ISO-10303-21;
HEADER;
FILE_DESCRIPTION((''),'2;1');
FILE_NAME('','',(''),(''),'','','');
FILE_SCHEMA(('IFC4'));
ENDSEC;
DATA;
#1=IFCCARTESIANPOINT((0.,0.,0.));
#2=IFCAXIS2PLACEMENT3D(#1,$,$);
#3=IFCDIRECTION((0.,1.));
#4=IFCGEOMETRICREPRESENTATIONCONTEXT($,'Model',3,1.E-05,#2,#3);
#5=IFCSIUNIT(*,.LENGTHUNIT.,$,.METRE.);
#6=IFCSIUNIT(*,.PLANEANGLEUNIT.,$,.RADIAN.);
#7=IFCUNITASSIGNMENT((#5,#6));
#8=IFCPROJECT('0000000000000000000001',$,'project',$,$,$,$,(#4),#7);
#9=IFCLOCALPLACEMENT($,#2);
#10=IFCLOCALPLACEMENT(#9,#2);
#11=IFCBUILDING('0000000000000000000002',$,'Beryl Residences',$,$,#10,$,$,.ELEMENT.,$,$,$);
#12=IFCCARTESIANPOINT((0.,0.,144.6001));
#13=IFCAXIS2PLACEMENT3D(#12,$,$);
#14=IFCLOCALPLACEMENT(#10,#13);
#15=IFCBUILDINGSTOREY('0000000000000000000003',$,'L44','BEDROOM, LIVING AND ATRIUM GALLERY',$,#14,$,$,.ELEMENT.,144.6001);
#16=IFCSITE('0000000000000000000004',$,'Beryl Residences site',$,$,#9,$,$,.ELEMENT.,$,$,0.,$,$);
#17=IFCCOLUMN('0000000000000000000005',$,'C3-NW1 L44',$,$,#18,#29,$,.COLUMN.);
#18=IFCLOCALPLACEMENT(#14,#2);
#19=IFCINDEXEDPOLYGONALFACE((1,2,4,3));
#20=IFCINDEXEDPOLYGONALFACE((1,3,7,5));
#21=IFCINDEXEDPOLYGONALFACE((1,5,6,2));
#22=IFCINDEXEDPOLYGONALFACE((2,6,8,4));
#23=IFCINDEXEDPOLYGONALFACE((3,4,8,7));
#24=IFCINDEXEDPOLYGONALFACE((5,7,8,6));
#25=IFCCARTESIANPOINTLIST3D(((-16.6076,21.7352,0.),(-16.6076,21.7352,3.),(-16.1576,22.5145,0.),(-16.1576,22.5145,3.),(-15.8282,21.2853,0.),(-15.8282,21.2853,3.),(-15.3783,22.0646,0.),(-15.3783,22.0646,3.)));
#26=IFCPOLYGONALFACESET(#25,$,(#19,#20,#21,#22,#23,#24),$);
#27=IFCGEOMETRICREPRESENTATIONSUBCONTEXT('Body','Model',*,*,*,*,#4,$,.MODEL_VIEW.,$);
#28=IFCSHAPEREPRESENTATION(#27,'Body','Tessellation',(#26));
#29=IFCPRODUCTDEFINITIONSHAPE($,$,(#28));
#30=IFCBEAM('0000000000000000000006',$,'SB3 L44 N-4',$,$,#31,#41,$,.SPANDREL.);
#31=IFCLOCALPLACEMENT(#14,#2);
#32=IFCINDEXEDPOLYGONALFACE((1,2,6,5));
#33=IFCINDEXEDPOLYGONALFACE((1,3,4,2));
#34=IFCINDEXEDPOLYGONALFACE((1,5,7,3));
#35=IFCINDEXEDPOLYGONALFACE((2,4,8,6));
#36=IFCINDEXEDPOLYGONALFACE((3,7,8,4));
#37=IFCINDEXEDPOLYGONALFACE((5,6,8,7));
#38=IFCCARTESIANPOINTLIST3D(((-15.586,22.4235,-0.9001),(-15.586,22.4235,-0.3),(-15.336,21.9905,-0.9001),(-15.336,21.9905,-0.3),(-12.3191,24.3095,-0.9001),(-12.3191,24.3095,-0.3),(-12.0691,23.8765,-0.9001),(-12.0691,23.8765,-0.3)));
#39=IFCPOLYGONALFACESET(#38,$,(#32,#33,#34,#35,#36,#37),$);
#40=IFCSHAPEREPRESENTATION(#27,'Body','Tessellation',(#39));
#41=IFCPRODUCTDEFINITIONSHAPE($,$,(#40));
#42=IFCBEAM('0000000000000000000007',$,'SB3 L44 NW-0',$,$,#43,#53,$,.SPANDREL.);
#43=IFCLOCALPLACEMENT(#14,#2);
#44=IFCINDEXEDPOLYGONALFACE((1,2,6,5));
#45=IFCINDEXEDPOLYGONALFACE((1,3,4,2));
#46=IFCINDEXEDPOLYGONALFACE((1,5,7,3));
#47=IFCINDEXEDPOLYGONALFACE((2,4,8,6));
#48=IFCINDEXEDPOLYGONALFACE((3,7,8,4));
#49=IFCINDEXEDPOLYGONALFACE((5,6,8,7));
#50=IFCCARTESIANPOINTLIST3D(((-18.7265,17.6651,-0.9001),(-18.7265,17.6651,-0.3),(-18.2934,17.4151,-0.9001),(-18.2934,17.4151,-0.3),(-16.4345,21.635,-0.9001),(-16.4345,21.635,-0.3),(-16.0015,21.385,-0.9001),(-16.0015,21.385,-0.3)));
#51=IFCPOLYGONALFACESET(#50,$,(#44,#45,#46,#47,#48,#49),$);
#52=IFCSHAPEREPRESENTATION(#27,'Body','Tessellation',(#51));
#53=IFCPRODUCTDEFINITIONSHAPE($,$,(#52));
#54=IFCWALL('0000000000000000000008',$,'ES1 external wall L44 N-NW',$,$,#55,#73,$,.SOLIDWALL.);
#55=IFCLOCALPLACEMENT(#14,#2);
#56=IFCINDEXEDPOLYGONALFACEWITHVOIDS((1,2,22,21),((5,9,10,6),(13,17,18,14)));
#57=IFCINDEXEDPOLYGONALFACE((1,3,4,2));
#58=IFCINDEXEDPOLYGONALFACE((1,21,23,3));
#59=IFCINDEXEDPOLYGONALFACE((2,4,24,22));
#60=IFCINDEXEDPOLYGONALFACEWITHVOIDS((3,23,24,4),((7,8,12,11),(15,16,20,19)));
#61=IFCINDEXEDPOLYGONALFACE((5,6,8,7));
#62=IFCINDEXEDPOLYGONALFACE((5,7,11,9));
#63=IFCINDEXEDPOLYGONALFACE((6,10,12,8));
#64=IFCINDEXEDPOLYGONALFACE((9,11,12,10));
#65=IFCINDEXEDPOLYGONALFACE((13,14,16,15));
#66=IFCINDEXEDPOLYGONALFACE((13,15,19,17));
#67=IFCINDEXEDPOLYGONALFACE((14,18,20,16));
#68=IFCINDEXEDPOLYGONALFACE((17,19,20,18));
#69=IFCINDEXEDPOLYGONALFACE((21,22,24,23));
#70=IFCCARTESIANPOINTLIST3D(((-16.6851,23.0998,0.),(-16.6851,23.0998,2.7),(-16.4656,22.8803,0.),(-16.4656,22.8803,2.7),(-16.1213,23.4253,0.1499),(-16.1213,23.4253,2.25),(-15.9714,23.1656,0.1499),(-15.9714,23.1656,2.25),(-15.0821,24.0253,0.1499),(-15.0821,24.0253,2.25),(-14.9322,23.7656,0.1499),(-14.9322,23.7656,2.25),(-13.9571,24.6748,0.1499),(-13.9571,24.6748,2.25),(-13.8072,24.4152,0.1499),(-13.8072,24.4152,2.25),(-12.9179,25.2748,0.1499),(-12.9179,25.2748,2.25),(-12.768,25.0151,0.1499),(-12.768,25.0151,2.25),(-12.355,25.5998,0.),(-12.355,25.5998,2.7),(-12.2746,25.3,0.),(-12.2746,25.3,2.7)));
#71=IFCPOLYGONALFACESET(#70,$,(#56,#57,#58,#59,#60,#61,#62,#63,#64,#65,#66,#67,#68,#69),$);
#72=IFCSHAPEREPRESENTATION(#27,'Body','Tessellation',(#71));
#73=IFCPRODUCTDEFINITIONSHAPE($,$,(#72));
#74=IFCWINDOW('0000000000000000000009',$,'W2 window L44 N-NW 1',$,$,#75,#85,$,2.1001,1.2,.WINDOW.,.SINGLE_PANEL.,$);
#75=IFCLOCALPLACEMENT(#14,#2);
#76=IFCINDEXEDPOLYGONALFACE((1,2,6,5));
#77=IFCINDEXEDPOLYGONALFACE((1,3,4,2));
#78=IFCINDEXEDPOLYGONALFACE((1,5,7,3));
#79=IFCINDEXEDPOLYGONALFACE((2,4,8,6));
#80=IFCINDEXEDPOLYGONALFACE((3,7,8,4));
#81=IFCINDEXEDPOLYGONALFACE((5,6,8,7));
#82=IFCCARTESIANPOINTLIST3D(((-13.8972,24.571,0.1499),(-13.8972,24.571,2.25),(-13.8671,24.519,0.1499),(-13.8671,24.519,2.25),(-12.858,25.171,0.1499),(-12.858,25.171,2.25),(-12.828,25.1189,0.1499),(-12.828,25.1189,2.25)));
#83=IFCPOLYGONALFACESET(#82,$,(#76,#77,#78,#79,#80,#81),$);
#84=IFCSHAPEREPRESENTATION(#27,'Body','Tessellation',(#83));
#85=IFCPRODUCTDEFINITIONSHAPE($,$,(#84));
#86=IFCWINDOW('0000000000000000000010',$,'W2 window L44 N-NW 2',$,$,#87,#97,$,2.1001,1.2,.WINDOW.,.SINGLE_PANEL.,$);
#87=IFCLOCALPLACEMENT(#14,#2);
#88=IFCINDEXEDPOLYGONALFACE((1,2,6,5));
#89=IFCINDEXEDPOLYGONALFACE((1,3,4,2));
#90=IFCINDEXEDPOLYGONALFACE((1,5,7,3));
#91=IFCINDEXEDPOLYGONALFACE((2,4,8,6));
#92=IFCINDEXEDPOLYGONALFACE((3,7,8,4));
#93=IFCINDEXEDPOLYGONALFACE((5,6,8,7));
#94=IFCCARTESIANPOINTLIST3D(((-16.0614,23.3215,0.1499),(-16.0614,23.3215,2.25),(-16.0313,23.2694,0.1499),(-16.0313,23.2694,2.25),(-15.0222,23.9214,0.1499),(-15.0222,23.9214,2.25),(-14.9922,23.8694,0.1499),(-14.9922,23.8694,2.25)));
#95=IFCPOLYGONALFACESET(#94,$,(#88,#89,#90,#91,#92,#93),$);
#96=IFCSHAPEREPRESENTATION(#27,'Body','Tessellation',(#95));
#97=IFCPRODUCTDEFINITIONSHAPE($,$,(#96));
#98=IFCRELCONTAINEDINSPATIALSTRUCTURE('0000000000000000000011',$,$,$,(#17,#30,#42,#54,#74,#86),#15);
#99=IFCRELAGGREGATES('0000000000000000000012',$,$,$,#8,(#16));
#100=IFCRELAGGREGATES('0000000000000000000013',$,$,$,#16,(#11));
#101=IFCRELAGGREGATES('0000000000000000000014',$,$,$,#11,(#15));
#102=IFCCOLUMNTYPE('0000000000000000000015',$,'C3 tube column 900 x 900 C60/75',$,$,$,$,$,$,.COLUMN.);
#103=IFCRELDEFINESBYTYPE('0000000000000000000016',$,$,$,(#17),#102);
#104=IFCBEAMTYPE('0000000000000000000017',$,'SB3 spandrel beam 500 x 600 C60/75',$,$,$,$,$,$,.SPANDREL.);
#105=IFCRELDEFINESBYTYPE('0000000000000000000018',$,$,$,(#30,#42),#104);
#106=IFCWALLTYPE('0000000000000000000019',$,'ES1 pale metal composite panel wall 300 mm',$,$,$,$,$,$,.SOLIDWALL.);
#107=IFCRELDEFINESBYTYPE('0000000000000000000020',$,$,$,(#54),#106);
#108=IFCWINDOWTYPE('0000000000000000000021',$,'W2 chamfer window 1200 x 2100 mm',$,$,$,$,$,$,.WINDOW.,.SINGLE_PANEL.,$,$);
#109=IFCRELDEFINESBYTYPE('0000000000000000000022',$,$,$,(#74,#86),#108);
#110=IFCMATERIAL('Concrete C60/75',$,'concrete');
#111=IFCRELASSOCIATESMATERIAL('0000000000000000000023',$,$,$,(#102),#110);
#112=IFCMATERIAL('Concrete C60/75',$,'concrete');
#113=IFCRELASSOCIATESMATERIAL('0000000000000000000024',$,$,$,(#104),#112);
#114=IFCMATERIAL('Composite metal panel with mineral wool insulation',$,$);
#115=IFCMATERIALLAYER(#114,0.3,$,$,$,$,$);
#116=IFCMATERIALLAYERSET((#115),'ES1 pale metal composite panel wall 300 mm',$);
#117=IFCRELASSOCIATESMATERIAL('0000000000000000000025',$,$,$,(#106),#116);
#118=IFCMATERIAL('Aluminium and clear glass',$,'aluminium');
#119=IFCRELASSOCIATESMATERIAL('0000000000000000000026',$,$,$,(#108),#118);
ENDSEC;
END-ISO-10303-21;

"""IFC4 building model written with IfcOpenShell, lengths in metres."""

from ifc_helpers import new_model, si_unit, direction, frame, frame_2d, origin, origin_2d, place, context, subcontext, project, spatial, polyline, rectangle, outline, extrude, material, layer, layer_set, material_profile, profile_set, type_object, element, fill, save


model = new_model("IFC4")

# Units and contexts
model_context = context("Model", 3, precision=1e-05, world=origin(), true_north=direction((0.0, 1.0)))
body_context = subcontext(model_context, "Body", "Model", "MODEL_VIEW")
ifc_project = project(units=[si_unit("LENGTHUNIT", "METRE"), si_unit("PLANEANGLEUNIT", "RADIAN")], contexts=[model_context])

# Site, building, storey
site_placement = place(None, origin())
site = spatial("IfcSite", under=ifc_project, at=site_placement, Name="Beryl Residences site", CompositionType="ELEMENT", RefElevation=0.0)
building_placement = place(site_placement, origin())
building = spatial("IfcBuilding", under=site, at=building_placement, Name="Beryl Residences", CompositionType="ELEMENT")
storey_placement = place(building_placement, frame((0.0, 0.0, 144.6001)))
storey = spatial("IfcBuildingStorey", under=building, at=storey_placement, Name="L44", Description="BEDROOM, LIVING AND ATRIUM GALLERY", CompositionType="ELEMENT", Elevation=144.6001)

# Column
ifc_material_1 = material(Name="Concrete C60/75", Category="concrete")
ifc_material_profile_1 = material_profile(ifc_material_1, rectangle(XDim=0.8999, YDim=0.8999, at=origin_2d()))
ifc_profile_set_1 = profile_set([ifc_material_profile_1], Name="Concrete C60/75")
column_type = type_object("IfcColumnType", Name="C3 tube column 900 x 900 C60/75", PredefinedType="COLUMN", material=ifc_profile_set_1)
column_placement = place(storey_placement, frame((-15.9929, 21.8999, 0.0), z_axis=(0.0, 0.0, 1.0), x_axis=(-0.5, -0.866025, 0.0)))
element("IfcColumn", 1, at=column_placement, inside=storey, type_object=column_type, Name="C3-NW1 L44", PredefinedType="COLUMN", context=body_context, shape_type="SweptSolid", body=[
    extrude(rectangle(XDim=0.8999, YDim=0.8999, at=origin_2d()), origin(), (0.0, 0.0, 1.0), 3.0),
])

# Beams
ifc_material_2 = material(Name="Concrete C60/75", Category="concrete")
ifc_material_profile_2 = material_profile(ifc_material_2, rectangle(XDim=0.5, YDim=0.6001, at=origin_2d()))
ifc_profile_set_2 = profile_set([ifc_material_profile_2], Name="Concrete C60/75")
beam_type = type_object("IfcBeamType", Name="SB3 spandrel beam 500 x 600 C60/75", PredefinedType="SPANDREL", material=ifc_profile_set_2)
beam_1_placement = place(storey_placement, frame((-12.1941, 24.093, -0.6001), z_axis=(-0.86604, -0.499975, 0.0), x_axis=(0.499975, -0.86604, 0.0)))
element("IfcBeam", 2, at=beam_1_placement, inside=storey, type_object=beam_type, Name="SB3 L44 N-4", PredefinedType="SPANDREL", context=body_context, shape_type="SweptSolid", body=[
    extrude(rectangle(XDim=0.5, YDim=0.6001, at=origin_2d()), origin(), (0.0, 0.0, 1.0), 3.7722),
])
beam_2_placement = place(storey_placement, frame((-16.218, 21.51, -0.6001), z_axis=(-0.499988, -0.866032, 0.0), x_axis=(0.866032, -0.499988, 0.0)))
element("IfcBeam", 3, at=beam_2_placement, inside=storey, type_object=beam_type, Name="SB3 L44 NW-0", PredefinedType="SPANDREL", context=body_context, shape_type="SweptSolid", body=[
    extrude(rectangle(XDim=0.5, YDim=0.6001, at=origin_2d()), origin(), (0.0, 0.0, 1.0), 4.584),
])

# Wall, openings, windows
ifc_material_3 = material(Name="Composite metal panel with mineral wool insulation")
ifc_layer_1 = layer(ifc_material_3, 0.3)
ifc_layer_set_1 = layer_set([ifc_layer_1], Name="ES1 pale metal composite panel wall 300 mm")
wall_type_1 = type_object("IfcWallType", Name="ES1 pale metal composite panel wall 300 mm", PredefinedType="SOLIDWALL", material=ifc_layer_set_1)
wall_1_placement = place(storey_placement, frame((-12.28, 25.47, 0.0), z_axis=(0.0, 0.0, 1.0), x_axis=(-0.866023, -0.500004, 0.0)))
wall_1 = element("IfcWall", 4, at=wall_1_placement, inside=storey, type_object=wall_type_1, Name="ES1 external wall L44 N-NW", PredefinedType="SOLIDWALL", context=body_context, shape_type="SweptSolid", body=[
    extrude(outline(polyline([(0.0, -0.1499), (5.0, -0.1499), (4.9197, 0.1499), (0.0803, 0.1499), (0.0, -0.1499)])), origin(), (0.0, 0.0, 1.0), 2.7),
])
opening_1_placement = place(wall_1_placement, frame((0.6499, 0.0, 0.1499)))
opening_1 = element("IfcOpeningElement", 5, at=opening_1_placement, cuts=wall_1, PredefinedType="OPENING", context=body_context, shape_type="SweptSolid", body=[
    extrude(rectangle(XDim=1.2, YDim=2.1001, at=frame_2d((0.6001, 1.05))), frame((0.0, 0.1599, 0.0), z_axis=(0.0, -1.0, 0.0), x_axis=(1.0, 0.0, 0.0)), (0.0, 0.0, 1.0), 0.3201),
])
opening_2_placement = place(wall_1_placement, frame((3.1489, 0.0, 0.1499)))
opening_2 = element("IfcOpeningElement", 6, at=opening_2_placement, cuts=wall_1, PredefinedType="OPENING", context=body_context, shape_type="SweptSolid", body=[
    extrude(rectangle(XDim=1.2, YDim=2.1001, at=frame_2d((0.6001, 1.05))), frame((0.0, 0.1599, 0.0), z_axis=(0.0, -1.0, 0.0), x_axis=(1.0, 0.0, 0.0)), (0.0, 0.0, 1.0), 0.3201),
])
ifc_material_4 = material(Name="Aluminium and clear glass", Category="aluminium")
window_type_1 = type_object("IfcWindowType", Name="W2 chamfer window 1200 x 2100 mm", PartitioningType="SINGLE_PANEL", PredefinedType="WINDOW", material=ifc_material_4)
window_1_placement = place(opening_1_placement, origin())
window_1 = element("IfcWindow", 7, at=window_1_placement, inside=storey, type_object=window_type_1, Name="W2 window L44 N-NW 1", OverallHeight=2.1001, OverallWidth=1.2, PartitioningType="SINGLE_PANEL", PredefinedType="WINDOW", context=body_context, shape_type="SweptSolid", body=[
    extrude(rectangle(XDim=1.2, YDim=2.1001, at=frame_2d((0.6001, 1.05))), frame((0.0, 0.03, 0.0), z_axis=(0.0, -1.0, 0.0), x_axis=(1.0, 0.0, 0.0)), (0.0, 0.0, 1.0), 0.0601),
])
fill(opening_1, window_1)
window_2_placement = place(opening_2_placement, origin())
window_2 = element("IfcWindow", 8, at=window_2_placement, inside=storey, type_object=window_type_1, Name="W2 window L44 N-NW 2", OverallHeight=2.1001, OverallWidth=1.2, PartitioningType="SINGLE_PANEL", PredefinedType="WINDOW", context=body_context, shape_type="SweptSolid", body=[
    extrude(rectangle(XDim=1.2, YDim=2.1001, at=frame_2d((0.6001, 1.05))), frame((0.0, 0.03, 0.0), z_axis=(0.0, -1.0, 0.0), x_axis=(1.0, 0.0, 0.0)), (0.0, 0.0, 1.0), 0.0601),
])
fill(opening_2, window_2)

save(model, "model.ifc")
